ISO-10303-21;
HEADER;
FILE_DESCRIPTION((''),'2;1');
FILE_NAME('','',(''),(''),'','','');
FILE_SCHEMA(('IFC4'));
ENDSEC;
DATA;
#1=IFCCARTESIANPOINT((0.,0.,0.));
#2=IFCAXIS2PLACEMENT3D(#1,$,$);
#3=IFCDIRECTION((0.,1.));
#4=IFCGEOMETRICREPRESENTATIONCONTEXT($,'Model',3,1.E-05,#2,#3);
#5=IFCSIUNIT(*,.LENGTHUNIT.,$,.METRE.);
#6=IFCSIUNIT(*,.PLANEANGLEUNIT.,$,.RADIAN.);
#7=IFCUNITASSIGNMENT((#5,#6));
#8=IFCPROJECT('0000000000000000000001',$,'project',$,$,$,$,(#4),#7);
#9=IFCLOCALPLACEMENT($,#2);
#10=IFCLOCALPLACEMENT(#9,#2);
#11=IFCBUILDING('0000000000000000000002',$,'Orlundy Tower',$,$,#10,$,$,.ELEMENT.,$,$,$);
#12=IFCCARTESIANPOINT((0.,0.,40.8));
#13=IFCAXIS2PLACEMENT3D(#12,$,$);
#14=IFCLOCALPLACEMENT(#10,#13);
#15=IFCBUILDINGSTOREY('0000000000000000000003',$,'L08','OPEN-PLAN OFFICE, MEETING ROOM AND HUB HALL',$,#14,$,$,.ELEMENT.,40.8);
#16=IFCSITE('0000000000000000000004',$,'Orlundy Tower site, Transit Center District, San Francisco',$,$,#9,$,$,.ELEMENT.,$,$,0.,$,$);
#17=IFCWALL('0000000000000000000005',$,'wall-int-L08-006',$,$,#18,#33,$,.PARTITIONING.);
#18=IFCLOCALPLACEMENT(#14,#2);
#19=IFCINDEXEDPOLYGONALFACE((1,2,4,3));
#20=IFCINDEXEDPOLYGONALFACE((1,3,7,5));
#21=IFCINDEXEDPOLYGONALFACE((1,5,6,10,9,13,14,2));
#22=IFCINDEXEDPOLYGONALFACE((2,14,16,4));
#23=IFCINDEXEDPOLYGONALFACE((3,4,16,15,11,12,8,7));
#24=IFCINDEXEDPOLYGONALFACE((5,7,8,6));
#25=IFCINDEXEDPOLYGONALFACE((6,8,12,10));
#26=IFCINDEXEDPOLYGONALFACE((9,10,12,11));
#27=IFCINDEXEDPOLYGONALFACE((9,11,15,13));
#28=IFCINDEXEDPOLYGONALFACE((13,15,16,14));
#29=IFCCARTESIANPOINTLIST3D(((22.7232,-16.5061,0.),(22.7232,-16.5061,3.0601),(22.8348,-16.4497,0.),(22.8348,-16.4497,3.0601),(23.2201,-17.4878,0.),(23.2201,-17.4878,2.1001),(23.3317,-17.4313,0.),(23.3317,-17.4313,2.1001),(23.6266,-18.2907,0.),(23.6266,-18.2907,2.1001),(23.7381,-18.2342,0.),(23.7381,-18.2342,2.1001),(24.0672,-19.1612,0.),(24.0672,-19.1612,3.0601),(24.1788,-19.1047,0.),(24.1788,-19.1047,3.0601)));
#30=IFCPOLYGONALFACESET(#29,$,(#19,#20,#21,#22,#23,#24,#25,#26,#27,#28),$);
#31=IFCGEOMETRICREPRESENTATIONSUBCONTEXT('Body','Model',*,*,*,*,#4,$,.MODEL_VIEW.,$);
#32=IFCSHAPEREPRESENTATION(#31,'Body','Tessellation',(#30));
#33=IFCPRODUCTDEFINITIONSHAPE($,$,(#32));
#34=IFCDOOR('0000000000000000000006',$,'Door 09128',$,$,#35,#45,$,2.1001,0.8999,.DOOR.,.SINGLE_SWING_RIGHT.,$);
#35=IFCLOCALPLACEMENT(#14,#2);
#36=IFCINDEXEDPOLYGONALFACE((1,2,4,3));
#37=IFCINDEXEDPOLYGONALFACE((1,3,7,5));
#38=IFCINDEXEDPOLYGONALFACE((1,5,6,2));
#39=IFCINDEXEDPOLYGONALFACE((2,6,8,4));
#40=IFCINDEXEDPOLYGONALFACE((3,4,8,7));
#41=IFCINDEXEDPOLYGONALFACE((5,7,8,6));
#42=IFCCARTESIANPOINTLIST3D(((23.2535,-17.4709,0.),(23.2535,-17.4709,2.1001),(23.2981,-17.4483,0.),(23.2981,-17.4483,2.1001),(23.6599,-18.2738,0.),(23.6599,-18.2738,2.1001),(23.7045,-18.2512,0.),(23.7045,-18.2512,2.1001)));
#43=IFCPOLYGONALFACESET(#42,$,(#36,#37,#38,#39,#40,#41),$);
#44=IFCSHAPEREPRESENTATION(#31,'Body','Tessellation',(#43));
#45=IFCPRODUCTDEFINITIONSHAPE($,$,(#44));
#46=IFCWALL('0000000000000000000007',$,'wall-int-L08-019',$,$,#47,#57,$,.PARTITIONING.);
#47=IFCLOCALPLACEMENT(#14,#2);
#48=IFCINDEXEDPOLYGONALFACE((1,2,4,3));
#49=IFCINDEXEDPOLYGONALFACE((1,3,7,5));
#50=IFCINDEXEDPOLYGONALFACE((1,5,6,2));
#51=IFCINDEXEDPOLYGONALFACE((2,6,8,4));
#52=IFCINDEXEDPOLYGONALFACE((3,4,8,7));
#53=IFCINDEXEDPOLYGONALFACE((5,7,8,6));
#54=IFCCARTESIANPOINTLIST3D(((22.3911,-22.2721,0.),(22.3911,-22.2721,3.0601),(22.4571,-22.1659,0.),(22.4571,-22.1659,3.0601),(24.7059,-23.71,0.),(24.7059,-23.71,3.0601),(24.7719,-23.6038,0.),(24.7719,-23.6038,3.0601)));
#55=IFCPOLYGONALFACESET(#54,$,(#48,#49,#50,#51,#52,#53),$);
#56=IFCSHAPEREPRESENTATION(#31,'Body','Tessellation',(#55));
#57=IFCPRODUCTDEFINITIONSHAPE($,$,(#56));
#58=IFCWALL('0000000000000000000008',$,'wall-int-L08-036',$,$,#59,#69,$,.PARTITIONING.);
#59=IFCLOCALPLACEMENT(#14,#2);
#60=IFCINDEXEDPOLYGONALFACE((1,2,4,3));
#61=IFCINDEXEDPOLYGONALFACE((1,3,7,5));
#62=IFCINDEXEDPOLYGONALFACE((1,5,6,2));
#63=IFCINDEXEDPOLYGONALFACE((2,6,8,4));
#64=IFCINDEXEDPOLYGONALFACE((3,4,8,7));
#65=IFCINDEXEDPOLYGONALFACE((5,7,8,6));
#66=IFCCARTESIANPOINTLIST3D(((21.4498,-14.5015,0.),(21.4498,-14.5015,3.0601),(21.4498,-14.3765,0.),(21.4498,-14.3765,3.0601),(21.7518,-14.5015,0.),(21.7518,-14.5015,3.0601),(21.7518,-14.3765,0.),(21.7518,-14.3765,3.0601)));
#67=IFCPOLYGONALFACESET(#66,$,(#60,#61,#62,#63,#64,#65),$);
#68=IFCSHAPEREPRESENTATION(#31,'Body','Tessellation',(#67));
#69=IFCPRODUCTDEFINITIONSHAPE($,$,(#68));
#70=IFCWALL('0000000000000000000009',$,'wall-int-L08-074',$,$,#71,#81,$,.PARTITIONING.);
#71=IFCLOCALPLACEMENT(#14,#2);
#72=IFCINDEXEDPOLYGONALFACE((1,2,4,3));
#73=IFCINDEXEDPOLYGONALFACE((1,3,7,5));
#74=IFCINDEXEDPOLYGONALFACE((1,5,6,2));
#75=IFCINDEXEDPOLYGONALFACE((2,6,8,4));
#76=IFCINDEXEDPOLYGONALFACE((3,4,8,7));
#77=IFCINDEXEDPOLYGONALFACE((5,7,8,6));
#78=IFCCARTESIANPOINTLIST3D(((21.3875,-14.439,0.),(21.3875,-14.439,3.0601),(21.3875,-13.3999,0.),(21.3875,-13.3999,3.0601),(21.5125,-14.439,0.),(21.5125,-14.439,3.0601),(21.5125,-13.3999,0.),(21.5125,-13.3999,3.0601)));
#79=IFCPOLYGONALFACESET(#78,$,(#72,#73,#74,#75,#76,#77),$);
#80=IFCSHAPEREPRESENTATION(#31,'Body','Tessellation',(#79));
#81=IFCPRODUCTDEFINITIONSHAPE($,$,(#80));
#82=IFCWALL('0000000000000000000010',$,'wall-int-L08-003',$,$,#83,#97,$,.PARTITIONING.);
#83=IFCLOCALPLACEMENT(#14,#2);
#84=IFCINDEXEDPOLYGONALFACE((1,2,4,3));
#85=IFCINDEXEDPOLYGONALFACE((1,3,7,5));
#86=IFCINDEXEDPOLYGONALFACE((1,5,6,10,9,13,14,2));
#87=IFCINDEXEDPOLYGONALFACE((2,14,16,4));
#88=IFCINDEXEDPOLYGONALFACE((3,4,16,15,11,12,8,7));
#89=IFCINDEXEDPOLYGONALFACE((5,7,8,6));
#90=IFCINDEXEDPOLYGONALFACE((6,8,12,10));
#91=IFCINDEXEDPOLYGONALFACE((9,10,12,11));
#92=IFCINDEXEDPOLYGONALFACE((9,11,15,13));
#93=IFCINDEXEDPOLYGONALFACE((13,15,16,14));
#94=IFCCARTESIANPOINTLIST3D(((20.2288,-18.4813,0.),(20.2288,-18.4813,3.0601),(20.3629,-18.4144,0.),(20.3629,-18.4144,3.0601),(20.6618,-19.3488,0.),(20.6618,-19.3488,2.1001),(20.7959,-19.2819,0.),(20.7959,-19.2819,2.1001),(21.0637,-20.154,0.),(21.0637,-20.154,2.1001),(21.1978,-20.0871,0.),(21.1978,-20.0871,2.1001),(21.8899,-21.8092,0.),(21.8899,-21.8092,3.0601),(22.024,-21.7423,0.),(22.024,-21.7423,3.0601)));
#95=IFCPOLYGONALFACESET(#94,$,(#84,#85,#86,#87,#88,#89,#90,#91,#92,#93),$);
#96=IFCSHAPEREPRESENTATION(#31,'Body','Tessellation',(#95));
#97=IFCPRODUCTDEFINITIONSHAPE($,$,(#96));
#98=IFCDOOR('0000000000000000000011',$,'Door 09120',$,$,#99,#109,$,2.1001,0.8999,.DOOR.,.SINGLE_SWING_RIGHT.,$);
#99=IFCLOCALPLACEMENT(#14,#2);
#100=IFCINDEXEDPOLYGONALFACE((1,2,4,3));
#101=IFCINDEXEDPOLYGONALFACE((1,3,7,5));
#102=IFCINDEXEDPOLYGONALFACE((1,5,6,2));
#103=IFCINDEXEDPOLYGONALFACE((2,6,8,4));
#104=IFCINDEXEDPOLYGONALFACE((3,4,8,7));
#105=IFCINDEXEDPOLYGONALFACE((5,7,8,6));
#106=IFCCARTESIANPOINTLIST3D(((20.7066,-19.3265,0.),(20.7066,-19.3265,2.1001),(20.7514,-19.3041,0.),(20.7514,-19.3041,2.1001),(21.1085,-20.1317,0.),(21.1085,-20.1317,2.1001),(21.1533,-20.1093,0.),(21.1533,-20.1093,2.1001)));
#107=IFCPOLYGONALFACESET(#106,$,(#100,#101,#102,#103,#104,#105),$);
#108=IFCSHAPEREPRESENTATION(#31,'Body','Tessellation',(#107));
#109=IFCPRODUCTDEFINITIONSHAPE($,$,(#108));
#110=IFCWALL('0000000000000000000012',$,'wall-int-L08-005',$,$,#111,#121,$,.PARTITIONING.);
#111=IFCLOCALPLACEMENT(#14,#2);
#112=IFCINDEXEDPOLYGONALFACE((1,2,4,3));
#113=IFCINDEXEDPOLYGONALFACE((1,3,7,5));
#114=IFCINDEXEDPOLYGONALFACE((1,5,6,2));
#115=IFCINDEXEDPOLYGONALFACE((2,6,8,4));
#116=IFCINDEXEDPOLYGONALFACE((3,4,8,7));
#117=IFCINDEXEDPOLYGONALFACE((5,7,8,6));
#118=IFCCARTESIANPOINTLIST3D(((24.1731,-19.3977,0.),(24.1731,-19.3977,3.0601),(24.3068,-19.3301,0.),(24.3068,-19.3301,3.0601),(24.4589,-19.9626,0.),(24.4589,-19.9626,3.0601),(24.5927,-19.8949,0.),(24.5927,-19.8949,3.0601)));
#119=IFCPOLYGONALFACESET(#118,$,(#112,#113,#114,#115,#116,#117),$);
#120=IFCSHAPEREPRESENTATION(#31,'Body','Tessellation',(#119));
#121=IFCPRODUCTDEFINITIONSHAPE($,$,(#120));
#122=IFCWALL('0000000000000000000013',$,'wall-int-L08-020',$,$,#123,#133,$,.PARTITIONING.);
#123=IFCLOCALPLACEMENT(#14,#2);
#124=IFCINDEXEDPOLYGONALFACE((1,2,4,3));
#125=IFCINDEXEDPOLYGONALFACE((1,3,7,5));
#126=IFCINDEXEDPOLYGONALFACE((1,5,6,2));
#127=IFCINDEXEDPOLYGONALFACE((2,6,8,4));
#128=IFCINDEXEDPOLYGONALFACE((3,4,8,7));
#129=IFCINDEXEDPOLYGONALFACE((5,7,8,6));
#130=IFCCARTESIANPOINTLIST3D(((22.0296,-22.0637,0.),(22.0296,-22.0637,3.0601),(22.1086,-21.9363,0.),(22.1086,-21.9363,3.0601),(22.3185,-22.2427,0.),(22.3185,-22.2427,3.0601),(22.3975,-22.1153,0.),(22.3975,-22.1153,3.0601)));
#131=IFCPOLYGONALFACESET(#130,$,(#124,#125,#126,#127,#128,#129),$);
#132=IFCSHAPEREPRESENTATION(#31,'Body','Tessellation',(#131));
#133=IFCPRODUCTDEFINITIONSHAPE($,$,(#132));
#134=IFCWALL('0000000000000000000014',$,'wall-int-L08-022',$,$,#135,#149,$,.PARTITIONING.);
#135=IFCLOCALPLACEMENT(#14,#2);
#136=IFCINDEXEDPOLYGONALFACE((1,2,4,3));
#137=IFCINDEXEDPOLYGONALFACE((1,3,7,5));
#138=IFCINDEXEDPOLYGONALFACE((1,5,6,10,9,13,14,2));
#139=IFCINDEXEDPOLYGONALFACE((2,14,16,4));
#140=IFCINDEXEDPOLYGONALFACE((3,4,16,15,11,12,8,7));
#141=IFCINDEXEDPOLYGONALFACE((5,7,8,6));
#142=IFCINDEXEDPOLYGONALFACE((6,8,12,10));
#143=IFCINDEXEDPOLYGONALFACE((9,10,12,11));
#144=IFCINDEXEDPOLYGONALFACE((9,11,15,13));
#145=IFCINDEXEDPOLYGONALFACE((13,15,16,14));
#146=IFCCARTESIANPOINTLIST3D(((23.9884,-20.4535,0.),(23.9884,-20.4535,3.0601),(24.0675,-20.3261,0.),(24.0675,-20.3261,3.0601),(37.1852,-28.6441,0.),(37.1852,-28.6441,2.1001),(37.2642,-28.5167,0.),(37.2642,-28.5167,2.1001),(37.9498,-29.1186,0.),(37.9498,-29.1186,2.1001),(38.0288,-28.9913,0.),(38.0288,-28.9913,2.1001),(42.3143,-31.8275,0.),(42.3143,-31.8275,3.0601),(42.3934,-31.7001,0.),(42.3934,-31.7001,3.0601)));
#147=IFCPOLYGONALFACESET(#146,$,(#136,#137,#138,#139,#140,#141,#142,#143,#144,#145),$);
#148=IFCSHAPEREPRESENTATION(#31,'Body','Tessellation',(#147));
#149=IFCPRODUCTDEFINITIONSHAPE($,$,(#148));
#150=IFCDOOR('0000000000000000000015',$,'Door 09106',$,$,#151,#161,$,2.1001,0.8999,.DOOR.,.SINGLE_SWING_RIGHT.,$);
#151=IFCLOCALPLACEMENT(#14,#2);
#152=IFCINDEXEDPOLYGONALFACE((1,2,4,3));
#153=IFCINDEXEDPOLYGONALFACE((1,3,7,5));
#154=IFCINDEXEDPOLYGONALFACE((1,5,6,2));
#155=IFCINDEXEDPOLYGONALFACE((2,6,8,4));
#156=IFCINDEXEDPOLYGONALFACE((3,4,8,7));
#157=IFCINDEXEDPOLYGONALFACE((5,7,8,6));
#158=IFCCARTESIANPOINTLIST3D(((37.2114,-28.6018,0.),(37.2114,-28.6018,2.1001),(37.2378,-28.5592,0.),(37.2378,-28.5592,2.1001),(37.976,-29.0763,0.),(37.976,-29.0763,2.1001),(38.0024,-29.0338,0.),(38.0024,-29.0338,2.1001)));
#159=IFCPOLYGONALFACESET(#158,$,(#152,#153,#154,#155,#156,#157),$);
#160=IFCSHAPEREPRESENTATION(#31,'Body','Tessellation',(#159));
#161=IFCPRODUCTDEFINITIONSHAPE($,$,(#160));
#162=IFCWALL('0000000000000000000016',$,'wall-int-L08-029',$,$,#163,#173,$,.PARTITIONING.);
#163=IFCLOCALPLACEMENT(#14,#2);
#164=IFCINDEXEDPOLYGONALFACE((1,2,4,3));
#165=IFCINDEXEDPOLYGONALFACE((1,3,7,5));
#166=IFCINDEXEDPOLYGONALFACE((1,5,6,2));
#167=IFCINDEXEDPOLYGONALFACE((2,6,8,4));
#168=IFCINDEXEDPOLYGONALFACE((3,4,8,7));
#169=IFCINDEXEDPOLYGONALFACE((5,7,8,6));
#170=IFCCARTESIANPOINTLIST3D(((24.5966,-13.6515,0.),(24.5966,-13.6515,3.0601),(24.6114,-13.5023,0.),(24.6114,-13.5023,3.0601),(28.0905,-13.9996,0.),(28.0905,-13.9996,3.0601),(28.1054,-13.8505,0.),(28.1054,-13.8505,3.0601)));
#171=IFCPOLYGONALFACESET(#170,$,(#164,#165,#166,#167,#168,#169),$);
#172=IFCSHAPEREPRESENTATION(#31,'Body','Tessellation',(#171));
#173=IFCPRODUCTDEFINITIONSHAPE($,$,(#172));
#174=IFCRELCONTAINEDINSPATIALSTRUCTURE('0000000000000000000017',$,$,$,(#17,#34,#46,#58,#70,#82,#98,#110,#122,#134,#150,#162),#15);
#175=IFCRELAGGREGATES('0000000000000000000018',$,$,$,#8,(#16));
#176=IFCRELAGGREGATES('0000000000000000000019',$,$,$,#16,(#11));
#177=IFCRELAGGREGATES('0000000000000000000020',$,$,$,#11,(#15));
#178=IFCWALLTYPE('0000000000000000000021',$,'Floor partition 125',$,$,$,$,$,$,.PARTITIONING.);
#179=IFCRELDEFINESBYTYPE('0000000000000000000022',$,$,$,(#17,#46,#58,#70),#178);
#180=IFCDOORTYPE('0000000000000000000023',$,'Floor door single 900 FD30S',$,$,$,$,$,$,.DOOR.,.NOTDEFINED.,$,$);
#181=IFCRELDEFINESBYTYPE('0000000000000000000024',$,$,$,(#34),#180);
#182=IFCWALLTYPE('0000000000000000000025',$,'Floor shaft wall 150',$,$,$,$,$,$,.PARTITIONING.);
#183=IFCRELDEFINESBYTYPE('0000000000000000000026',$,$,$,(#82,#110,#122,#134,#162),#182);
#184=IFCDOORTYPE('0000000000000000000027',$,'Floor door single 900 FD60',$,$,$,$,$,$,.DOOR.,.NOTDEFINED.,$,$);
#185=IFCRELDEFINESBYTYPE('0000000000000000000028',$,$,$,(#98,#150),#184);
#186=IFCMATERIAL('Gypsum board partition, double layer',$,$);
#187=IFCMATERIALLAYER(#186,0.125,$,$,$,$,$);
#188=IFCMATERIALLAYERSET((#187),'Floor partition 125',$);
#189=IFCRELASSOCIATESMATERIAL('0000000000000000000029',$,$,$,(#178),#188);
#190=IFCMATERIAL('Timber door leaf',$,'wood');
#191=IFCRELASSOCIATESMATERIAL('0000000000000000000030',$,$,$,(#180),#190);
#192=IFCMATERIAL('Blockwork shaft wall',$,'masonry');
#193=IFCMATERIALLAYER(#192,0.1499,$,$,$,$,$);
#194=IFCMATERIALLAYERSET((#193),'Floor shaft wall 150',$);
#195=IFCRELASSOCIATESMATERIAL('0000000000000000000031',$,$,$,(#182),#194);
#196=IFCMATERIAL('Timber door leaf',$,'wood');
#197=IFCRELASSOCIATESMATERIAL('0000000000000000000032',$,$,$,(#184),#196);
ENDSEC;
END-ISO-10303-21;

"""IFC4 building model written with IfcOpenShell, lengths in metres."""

from ifc_helpers import new_model, si_unit, direction, frame, frame_2d, origin, place, context, subcontext, project, spatial, rectangle, extrude, material, layer, layer_set, type_object, element, fill, save


model = new_model("IFC4")

# Units and contexts
model_context = context("Model", 3, precision=1e-05, world=origin(), true_north=direction((0.0, 1.0)))
body_context = subcontext(model_context, "Body", "Model", "MODEL_VIEW")
ifc_project = project(units=[si_unit("LENGTHUNIT", "METRE"), si_unit("PLANEANGLEUNIT", "RADIAN")], contexts=[model_context])

# Site, building, storey
site_placement = place(None, origin())
site = spatial("IfcSite", under=ifc_project, at=site_placement, Name="Orlundy Tower site, Transit Center District, San Francisco", CompositionType="ELEMENT", RefElevation=0.0)
building_placement = place(site_placement, origin())
building = spatial("IfcBuilding", under=site, at=building_placement, Name="Orlundy Tower", CompositionType="ELEMENT")
storey_placement = place(building_placement, frame((0.0, 0.0, 40.8)))
storey = spatial("IfcBuildingStorey", under=building, at=storey_placement, Name="L08", Description="OPEN-PLAN OFFICE, MEETING ROOM AND HUB HALL", CompositionType="ELEMENT", Elevation=40.8)

# Shared definitions
ifc_material_1 = material(Name="Gypsum board partition, double layer")
ifc_layer_1 = layer(ifc_material_1, 0.125)
ifc_layer_set_1 = layer_set([ifc_layer_1], Name="Floor partition 125")
wall_type_1 = type_object("IfcWallType", Name="Floor partition 125", PredefinedType="PARTITIONING", material=ifc_layer_set_1)

# Wall, opening, door
wall_1_placement = place(storey_placement, frame((22.7791, -16.478, 0.0), z_axis=(0.0, 0.0, 1.0), x_axis=(0.451638, -0.892201, 0.0)))
wall_1 = element("IfcWall", 1, at=wall_1_placement, inside=storey, type_object=wall_type_1, Name="wall-int-L08-006", PredefinedType="PARTITIONING", context=body_context, shape_type="SweptSolid", body=[
    extrude(rectangle(XDim=2.9758, YDim=0.125, at=frame_2d((1.4878, 0.0))), origin(), (0.0, 0.0, 1.0), 3.0601),
])
opening_1_placement = place(wall_1_placement, frame((1.1001, 0.0, 0.0)))
opening_1 = element("IfcOpeningElement", 2, at=opening_1_placement, cuts=wall_1, PredefinedType="OPENING", context=body_context, shape_type="SweptSolid", body=[
    extrude(rectangle(XDim=0.8999, YDim=2.1001, at=frame_2d((0.45, 1.05))), frame((0.0, 0.0725, 0.0), z_axis=(0.0, -1.0, 0.0), x_axis=(1.0, 0.0, 0.0)), (0.0, 0.0, 1.0), 0.145),
])
ifc_material_2 = material(Name="Timber door leaf", Category="wood")
door_type_1 = type_object("IfcDoorType", Name="Floor door single 900 FD30S", OperationType="NOTDEFINED", PredefinedType="DOOR", material=ifc_material_2)
door_1_placement = place(opening_1_placement, origin())
door_1 = element("IfcDoor", 3, at=door_1_placement, inside=storey, type_object=door_type_1, Name="Door 09128", OperationType="SINGLE_SWING_RIGHT", OverallHeight=2.1001, OverallWidth=0.8999, PredefinedType="DOOR", context=body_context, shape_type="SweptSolid", body=[
    extrude(rectangle(XDim=0.8999, YDim=2.1001, at=frame_2d((0.45, 1.05))), frame((0.0, 0.0249, 0.0), z_axis=(0.0, -1.0, 0.0), x_axis=(1.0, 0.0, 0.0)), (0.0, 0.0, 1.0), 0.05),
])
fill(opening_1, door_1)

# Walls
wall_2_placement = place(storey_placement, frame((22.4241, -22.219, 0.0), z_axis=(0.0, 0.0, 1.0), x_axis=(0.849455, -0.527662, 0.0)))
element("IfcWall", 4, at=wall_2_placement, inside=storey, type_object=wall_type_1, Name="wall-int-L08-019", PredefinedType="PARTITIONING", context=body_context, shape_type="SweptSolid", body=[
    extrude(rectangle(XDim=2.7251, YDim=0.125, at=frame_2d((1.3625, 0.0))), origin(), (0.0, 0.0, 1.0), 3.0601),
])
wall_3_placement = place(storey_placement, frame((21.45, -14.439, 0.0), z_axis=(0.0, 0.0, 1.0), x_axis=(1.0, 0.0, 0.0)))
element("IfcWall", 5, at=wall_3_placement, inside=storey, type_object=wall_type_1, Name="wall-int-L08-036", PredefinedType="PARTITIONING", context=body_context, shape_type="SweptSolid", body=[
    extrude(rectangle(XDim=0.302, YDim=0.125, at=frame_2d((0.1509, 0.0))), origin(), (0.0, 0.0, 1.0), 3.0601),
])
wall_4_placement = place(storey_placement, frame((21.45, -14.439, 0.0), z_axis=(0.0, 0.0, 1.0), x_axis=(0.0, 1.0, 0.0)))
element("IfcWall", 6, at=wall_4_placement, inside=storey, type_object=wall_type_1, Name="wall-int-L08-074", PredefinedType="PARTITIONING", context=body_context, shape_type="SweptSolid", body=[
    extrude(rectangle(XDim=1.0391, YDim=0.125, at=frame_2d((0.5195, 0.0))), origin(), (0.0, 0.0, 1.0), 3.0601),
])

# Wall, opening, door
ifc_material_3 = material(Name="Blockwork shaft wall", Category="masonry")
ifc_layer_2 = layer(ifc_material_3, 0.1499)
ifc_layer_set_2 = layer_set([ifc_layer_2], Name="Floor shaft wall 150")
wall_type_2 = type_object("IfcWallType", Name="Floor shaft wall 150", PredefinedType="PARTITIONING", material=ifc_layer_set_2)
wall_5_placement = place(storey_placement, frame((21.957, -21.7759, 0.0), z_axis=(0.0, 0.0, 1.0), x_axis=(-0.44661, 0.894729, 0.0)))
wall_5 = element("IfcWall", 7, at=wall_5_placement, inside=storey, type_object=wall_type_2, Name="wall-int-L08-003", PredefinedType="PARTITIONING", context=body_context, shape_type="SweptSolid", body=[
    extrude(rectangle(XDim=3.7195, YDim=0.1499, at=frame_2d((1.8599, 0.0))), origin(), (0.0, 0.0, 1.0), 3.0601),
])
opening_2_placement = place(wall_5_placement, frame((1.8501, 0.0, 0.0)))
opening_2 = element("IfcOpeningElement", 8, at=opening_2_placement, cuts=wall_5, PredefinedType="OPENING", context=body_context, shape_type="SweptSolid", body=[
    extrude(rectangle(XDim=0.8999, YDim=2.1001, at=frame_2d((0.45, 1.05))), frame((0.0, 0.085, 0.0), z_axis=(0.0, -1.0, 0.0), x_axis=(1.0, 0.0, 0.0)), (0.0, 0.0, 1.0), 0.1699),
])
ifc_material_4 = material(Name="Timber door leaf", Category="wood")
door_type_2 = type_object("IfcDoorType", Name="Floor door single 900 FD60", OperationType="NOTDEFINED", PredefinedType="DOOR", material=ifc_material_4)
door_2_placement = place(opening_2_placement, origin())
door_2 = element("IfcDoor", 9, at=door_2_placement, inside=storey, type_object=door_type_2, Name="Door 09120", OperationType="SINGLE_SWING_RIGHT", OverallHeight=2.1001, OverallWidth=0.8999, PredefinedType="DOOR", context=body_context, shape_type="SweptSolid", body=[
    extrude(rectangle(XDim=0.8999, YDim=2.1001, at=frame_2d((0.45, 1.05))), frame((0.0, 0.0249, 0.0), z_axis=(0.0, -1.0, 0.0), x_axis=(1.0, 0.0, 0.0)), (0.0, 0.0, 1.0), 0.05),
])
fill(opening_2, door_2)

# Walls
wall_6_placement = place(storey_placement, frame((24.24, -19.364, 0.0), z_axis=(0.0, 0.0, 1.0), x_axis=(0.451527, -0.892257, 0.0)))
element("IfcWall", 10, at=wall_6_placement, inside=storey, type_object=wall_type_2, Name="wall-int-L08-005", PredefinedType="PARTITIONING", context=body_context, shape_type="SweptSolid", body=[
    extrude(rectangle(XDim=0.6331, YDim=0.1499, at=frame_2d((0.3164, 0.0))), origin(), (0.0, 0.0, 1.0), 3.0601),
])
wall_7_placement = place(storey_placement, frame((22.0691, -22.0, 0.0), z_axis=(0.0, 0.0, 1.0), x_axis=(0.850051, -0.526701, 0.0)))
element("IfcWall", 11, at=wall_7_placement, inside=storey, type_object=wall_type_2, Name="wall-int-L08-020", PredefinedType="PARTITIONING", context=body_context, shape_type="SweptSolid", body=[
    extrude(rectangle(XDim=0.3398, YDim=0.1499, at=frame_2d((0.1699, 0.0))), origin(), (0.0, 0.0, 1.0), 3.0601),
])

# Wall, opening, door
wall_8_placement = place(storey_placement, frame((24.0281, -20.3899, 0.0), z_axis=(0.0, 0.0, 1.0), x_axis=(0.849655, -0.52734, 0.0)))
wall_8 = element("IfcWall", 12, at=wall_8_placement, inside=storey, type_object=wall_type_2, Name="wall-int-L08-022", PredefinedType="PARTITIONING", context=body_context, shape_type="SweptSolid", body=[
    extrude(rectangle(XDim=21.5686, YDim=0.1499, at=frame_2d((10.7842, 0.0))), origin(), (0.0, 0.0, 1.0), 3.0601),
])
opening_3_placement = place(wall_8_placement, frame((15.5317, 0.0, 0.0)))
opening_3 = element("IfcOpeningElement", 13, at=opening_3_placement, cuts=wall_8, PredefinedType="OPENING", context=body_context, shape_type="SweptSolid", body=[
    extrude(rectangle(XDim=0.8999, YDim=2.1001, at=frame_2d((0.45, 1.05))), frame((0.0, 0.085, 0.0), z_axis=(0.0, -1.0, 0.0), x_axis=(1.0, 0.0, 0.0)), (0.0, 0.0, 1.0), 0.1699),
])
door_3_placement = place(opening_3_placement, origin())
door_3 = element("IfcDoor", 14, at=door_3_placement, inside=storey, type_object=door_type_2, Name="Door 09106", OperationType="SINGLE_SWING_RIGHT", OverallHeight=2.1001, OverallWidth=0.8999, PredefinedType="DOOR", context=body_context, shape_type="SweptSolid", body=[
    extrude(rectangle(XDim=0.8999, YDim=2.1001, at=frame_2d((0.45, 1.05))), frame((0.0, 0.0249, 0.0), z_axis=(0.0, -1.0, 0.0), x_axis=(1.0, 0.0, 0.0)), (0.0, 0.0, 1.0), 0.05),
])
fill(opening_3, door_3)

# Wall
wall_9_placement = place(storey_placement, frame((24.604, -13.5769, 0.0), z_axis=(0.0, 0.0, 1.0), x_axis=(0.995072, -0.099153, 0.0)))
element("IfcWall", 15, at=wall_9_placement, inside=storey, type_object=wall_type_2, Name="wall-int-L08-029", PredefinedType="PARTITIONING", context=body_context, shape_type="SweptSolid", body=[
    extrude(rectangle(XDim=3.5112, YDim=0.1499, at=frame_2d((1.7556, 0.0))), origin(), (0.0, 0.0, 1.0), 3.0601),
])

save(model, "model.ifc")
